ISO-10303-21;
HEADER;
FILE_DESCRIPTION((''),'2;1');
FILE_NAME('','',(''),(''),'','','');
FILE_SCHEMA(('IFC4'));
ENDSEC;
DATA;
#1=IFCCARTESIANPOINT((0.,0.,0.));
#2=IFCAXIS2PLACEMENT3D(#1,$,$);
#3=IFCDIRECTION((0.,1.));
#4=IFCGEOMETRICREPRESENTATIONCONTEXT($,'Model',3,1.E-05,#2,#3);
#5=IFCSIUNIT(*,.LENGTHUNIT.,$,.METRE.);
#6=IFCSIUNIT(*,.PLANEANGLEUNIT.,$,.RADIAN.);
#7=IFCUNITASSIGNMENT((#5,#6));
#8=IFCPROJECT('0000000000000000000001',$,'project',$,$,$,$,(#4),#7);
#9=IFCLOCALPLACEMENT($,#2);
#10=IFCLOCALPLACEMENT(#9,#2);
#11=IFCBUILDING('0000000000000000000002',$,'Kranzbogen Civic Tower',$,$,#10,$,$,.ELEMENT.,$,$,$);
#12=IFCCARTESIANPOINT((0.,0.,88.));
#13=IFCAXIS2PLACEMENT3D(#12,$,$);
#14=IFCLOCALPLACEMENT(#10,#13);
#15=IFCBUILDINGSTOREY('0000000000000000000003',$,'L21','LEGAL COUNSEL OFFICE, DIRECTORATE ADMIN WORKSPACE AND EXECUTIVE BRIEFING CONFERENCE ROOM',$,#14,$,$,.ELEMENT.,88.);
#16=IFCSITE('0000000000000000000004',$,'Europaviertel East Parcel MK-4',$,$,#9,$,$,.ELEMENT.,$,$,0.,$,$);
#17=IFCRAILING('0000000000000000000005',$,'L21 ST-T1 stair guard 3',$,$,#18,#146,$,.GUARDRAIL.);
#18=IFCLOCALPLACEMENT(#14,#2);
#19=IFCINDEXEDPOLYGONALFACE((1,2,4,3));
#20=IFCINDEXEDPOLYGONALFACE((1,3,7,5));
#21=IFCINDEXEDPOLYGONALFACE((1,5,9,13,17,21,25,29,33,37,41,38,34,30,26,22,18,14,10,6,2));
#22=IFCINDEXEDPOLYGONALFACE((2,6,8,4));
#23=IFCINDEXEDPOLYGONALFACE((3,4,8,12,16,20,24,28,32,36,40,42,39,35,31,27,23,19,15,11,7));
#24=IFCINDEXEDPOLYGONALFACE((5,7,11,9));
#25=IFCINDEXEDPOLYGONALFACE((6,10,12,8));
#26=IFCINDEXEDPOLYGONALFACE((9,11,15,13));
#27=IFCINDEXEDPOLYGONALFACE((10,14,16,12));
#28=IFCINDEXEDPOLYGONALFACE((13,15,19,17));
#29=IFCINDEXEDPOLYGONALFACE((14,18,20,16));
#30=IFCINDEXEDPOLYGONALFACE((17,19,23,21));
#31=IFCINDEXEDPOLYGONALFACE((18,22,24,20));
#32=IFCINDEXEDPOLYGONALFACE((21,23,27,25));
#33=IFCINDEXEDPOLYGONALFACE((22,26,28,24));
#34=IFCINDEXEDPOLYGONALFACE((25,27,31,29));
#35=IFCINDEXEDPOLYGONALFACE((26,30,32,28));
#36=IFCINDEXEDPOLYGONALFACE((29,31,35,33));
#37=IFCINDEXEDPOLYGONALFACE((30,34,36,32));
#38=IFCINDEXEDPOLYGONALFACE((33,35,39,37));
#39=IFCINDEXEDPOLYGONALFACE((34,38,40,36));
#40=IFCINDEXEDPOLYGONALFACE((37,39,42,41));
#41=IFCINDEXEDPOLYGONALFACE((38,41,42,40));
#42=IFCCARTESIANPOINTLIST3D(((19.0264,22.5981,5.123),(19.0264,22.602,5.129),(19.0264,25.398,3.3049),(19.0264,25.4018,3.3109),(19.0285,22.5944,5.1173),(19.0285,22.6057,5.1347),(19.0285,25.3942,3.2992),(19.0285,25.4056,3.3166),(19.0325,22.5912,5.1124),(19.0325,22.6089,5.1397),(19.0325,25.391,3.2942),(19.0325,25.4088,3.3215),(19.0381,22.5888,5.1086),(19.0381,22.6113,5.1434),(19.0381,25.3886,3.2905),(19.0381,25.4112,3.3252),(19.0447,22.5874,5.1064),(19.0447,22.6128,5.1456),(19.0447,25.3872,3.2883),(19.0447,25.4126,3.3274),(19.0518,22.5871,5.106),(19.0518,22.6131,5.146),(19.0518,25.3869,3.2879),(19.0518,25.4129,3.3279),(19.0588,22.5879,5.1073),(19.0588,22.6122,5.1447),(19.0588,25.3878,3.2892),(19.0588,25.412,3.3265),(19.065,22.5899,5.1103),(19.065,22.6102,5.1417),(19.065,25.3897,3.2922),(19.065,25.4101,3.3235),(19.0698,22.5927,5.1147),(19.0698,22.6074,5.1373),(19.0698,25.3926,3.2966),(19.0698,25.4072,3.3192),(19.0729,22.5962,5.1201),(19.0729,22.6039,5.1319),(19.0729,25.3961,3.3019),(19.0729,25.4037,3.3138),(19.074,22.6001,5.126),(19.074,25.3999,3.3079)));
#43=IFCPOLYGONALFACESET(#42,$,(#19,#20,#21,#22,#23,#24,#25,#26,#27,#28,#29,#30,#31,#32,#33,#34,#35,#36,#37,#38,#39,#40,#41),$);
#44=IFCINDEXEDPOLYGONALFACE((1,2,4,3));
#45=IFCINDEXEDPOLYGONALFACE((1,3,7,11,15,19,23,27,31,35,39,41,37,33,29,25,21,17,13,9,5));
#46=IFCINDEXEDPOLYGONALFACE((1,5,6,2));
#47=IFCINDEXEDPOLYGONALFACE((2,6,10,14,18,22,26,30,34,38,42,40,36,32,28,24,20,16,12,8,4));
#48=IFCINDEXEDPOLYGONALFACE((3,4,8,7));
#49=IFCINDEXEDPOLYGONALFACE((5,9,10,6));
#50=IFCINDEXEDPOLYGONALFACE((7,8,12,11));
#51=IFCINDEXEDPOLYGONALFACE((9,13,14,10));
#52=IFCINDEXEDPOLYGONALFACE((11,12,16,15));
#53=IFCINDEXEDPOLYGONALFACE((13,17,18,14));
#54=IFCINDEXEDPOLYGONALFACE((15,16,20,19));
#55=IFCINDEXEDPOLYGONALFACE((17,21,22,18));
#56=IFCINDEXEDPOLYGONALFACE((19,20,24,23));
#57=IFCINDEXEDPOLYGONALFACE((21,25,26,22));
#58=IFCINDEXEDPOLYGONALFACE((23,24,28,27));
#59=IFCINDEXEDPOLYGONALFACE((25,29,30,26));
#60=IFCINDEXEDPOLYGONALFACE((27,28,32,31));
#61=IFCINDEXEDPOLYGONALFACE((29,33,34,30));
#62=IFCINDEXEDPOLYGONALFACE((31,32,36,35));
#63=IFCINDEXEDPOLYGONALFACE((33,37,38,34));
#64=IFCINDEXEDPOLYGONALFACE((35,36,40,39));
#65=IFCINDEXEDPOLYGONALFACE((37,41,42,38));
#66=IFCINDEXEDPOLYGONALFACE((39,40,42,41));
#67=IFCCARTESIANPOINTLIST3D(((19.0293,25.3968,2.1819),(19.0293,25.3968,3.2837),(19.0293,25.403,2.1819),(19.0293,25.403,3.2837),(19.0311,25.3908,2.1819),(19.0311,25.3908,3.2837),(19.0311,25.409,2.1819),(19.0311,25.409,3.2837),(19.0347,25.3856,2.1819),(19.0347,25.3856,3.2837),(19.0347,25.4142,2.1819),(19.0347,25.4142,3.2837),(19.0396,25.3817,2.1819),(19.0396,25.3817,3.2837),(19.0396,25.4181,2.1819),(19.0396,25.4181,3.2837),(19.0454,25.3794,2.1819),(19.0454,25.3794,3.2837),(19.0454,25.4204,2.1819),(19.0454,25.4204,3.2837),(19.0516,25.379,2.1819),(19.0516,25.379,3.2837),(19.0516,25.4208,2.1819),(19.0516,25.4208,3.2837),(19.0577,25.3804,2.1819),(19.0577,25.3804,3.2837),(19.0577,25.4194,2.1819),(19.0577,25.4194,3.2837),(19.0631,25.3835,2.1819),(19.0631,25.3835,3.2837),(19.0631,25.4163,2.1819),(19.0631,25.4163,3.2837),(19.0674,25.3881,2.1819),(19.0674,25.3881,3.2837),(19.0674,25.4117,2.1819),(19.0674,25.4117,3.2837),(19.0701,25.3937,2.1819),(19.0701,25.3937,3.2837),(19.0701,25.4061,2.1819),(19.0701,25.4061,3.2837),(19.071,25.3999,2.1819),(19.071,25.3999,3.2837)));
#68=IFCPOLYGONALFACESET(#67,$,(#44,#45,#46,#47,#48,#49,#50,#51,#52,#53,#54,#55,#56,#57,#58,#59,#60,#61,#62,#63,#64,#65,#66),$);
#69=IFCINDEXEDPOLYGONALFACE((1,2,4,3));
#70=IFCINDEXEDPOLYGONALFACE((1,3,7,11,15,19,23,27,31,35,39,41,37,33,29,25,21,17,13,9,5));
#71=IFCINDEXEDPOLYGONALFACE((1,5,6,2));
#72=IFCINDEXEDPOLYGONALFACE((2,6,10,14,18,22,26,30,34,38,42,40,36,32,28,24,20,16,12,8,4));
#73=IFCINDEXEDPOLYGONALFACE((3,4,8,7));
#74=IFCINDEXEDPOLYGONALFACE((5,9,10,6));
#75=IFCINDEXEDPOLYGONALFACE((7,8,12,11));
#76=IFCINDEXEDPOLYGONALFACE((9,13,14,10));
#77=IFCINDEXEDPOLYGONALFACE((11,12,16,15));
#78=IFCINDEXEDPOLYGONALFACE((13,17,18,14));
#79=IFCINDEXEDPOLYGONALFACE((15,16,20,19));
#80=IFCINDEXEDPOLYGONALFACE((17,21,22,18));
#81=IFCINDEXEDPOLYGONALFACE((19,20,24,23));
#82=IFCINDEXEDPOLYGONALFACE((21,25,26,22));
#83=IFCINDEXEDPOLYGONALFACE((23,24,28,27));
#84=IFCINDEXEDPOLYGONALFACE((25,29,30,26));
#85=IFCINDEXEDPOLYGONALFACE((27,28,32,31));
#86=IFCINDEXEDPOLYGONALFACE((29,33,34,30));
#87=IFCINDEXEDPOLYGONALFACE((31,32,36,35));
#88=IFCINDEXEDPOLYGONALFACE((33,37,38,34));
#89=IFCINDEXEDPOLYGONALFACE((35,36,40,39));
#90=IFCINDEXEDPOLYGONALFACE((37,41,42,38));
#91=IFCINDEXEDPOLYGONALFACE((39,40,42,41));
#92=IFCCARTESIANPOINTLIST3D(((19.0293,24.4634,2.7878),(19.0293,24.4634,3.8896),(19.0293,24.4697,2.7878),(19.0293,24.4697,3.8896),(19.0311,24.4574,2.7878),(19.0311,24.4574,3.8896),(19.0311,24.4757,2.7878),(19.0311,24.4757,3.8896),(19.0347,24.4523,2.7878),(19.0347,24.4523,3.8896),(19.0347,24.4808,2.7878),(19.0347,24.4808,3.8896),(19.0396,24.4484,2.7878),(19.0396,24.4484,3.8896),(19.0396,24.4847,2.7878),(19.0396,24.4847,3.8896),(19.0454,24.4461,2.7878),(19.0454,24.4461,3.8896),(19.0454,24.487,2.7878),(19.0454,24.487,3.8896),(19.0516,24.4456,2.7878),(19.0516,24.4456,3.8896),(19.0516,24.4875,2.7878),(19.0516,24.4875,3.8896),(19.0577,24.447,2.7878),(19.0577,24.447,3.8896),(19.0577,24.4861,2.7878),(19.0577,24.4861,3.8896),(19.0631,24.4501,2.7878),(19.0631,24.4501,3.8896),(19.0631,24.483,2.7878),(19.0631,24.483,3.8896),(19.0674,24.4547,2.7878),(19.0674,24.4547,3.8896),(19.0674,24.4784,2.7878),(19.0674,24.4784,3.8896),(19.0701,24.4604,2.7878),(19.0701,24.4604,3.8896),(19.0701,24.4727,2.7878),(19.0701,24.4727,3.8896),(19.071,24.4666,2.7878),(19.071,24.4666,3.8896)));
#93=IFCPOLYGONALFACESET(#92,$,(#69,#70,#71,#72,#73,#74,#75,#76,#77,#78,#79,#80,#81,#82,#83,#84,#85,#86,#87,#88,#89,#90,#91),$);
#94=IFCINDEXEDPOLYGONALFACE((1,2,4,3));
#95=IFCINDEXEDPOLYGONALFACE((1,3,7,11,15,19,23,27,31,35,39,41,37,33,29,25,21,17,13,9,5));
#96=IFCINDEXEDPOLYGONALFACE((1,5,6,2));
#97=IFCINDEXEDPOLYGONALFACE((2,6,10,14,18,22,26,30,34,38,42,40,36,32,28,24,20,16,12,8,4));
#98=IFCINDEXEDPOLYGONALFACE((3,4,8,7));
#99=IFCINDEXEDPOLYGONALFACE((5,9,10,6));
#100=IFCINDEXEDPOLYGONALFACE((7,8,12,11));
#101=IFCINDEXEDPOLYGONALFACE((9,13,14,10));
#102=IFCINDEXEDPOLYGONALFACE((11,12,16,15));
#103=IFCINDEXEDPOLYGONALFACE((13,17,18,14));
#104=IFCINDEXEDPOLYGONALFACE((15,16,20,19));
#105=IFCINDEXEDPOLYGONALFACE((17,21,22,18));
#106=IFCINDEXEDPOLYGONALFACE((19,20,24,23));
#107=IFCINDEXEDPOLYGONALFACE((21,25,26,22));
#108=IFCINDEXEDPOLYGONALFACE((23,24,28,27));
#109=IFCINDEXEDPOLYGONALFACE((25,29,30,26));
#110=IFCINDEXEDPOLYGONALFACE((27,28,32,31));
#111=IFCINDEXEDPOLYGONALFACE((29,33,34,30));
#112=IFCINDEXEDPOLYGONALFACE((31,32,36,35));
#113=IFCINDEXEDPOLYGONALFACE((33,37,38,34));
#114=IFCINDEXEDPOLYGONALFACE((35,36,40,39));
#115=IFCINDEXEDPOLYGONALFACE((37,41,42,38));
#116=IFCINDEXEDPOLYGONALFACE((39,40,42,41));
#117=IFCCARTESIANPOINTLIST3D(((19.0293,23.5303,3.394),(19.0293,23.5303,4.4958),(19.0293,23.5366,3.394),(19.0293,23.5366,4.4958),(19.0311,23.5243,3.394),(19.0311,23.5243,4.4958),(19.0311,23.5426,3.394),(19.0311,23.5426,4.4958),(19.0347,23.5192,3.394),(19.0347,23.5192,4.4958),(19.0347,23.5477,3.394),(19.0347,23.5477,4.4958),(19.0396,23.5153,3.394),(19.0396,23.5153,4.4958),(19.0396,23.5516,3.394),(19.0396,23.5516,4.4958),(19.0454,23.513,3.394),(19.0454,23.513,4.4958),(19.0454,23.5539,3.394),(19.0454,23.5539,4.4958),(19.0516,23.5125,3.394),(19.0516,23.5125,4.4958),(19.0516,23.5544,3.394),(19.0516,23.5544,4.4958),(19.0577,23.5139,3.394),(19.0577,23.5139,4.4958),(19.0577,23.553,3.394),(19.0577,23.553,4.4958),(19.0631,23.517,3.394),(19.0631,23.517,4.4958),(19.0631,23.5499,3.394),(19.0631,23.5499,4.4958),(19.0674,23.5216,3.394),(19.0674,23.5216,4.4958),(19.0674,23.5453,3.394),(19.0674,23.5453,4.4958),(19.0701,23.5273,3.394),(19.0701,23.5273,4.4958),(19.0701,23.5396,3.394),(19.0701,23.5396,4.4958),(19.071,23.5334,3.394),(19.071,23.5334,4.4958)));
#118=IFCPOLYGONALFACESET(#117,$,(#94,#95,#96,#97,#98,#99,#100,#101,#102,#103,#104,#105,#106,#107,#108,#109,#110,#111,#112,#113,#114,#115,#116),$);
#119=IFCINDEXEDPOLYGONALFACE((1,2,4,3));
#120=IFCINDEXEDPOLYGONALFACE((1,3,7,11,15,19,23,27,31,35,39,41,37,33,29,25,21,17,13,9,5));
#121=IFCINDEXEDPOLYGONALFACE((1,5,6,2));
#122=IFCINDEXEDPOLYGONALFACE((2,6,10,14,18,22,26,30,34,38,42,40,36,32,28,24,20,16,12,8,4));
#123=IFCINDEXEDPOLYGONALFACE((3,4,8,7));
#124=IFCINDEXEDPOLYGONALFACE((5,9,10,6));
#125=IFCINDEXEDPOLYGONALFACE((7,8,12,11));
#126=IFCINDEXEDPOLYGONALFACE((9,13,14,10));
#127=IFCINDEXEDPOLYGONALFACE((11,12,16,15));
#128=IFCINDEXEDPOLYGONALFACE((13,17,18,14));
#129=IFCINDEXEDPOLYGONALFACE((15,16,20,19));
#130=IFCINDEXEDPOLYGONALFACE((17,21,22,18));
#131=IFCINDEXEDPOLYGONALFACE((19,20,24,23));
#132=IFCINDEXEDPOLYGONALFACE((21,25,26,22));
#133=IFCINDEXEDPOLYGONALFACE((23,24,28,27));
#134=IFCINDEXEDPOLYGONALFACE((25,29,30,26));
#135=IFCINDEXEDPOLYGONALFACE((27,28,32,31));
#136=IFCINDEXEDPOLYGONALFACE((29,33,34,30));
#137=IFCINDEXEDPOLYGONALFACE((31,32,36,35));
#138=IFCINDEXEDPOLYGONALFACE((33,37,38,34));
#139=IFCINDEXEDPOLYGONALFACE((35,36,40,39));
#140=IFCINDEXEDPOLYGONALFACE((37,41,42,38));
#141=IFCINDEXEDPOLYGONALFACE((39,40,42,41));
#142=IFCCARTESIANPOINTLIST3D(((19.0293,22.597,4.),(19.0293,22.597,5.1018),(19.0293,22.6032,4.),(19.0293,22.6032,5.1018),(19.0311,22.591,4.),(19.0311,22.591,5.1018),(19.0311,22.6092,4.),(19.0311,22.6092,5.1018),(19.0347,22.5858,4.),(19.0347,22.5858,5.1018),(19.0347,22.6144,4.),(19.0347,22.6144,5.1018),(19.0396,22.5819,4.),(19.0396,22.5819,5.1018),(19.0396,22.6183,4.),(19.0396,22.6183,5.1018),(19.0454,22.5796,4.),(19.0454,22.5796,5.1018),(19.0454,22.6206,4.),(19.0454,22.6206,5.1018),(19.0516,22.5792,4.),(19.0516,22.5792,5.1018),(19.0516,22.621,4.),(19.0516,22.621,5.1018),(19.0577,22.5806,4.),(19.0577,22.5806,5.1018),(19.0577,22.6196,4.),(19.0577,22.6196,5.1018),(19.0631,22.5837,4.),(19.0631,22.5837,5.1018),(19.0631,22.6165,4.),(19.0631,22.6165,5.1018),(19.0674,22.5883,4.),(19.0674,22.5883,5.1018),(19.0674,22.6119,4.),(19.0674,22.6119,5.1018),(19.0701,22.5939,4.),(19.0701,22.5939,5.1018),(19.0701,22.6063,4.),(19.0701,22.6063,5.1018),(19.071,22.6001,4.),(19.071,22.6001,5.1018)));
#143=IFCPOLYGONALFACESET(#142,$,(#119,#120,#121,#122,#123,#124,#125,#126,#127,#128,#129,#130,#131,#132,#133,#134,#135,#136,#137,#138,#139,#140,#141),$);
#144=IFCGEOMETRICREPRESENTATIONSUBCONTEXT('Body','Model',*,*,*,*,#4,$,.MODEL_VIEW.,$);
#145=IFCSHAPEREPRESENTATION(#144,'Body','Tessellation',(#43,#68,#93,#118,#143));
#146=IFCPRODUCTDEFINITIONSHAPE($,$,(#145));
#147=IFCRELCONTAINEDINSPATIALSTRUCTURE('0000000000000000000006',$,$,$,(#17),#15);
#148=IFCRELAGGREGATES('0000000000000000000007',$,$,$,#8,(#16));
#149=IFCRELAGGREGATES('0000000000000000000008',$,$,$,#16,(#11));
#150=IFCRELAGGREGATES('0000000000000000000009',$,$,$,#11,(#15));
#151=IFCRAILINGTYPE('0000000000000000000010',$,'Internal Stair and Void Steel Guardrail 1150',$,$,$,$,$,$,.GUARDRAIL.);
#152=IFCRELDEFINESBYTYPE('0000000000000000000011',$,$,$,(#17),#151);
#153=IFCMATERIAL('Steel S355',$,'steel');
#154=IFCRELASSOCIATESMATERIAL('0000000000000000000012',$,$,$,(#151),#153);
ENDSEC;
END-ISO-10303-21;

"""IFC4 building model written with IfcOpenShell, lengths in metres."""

from ifc_helpers import new_model, si_unit, direction, frame, origin, origin_2d, place, context, subcontext, project, spatial, circle, extrude, material, type_object, element, save


model = new_model("IFC4")

# Units and contexts
model_context = context("Model", 3, precision=1e-05, world=origin(), true_north=direction((0.0, 1.0)))
body_context = subcontext(model_context, "Body", "Model", "MODEL_VIEW")
ifc_project = project(units=[si_unit("LENGTHUNIT", "METRE"), si_unit("PLANEANGLEUNIT", "RADIAN")], contexts=[model_context])

# Site, building, storey
site_placement = place(None, origin())
site = spatial("IfcSite", under=ifc_project, at=site_placement, Name="Europaviertel East Parcel MK-4", CompositionType="ELEMENT", RefElevation=0.0)
building_placement = place(site_placement, origin())
building = spatial("IfcBuilding", under=site, at=building_placement, Name="Kranzbogen Civic Tower", CompositionType="ELEMENT")
storey_placement = place(building_placement, frame((0.0, 0.0, 88.0)))
storey = spatial("IfcBuildingStorey", under=building, at=storey_placement, Name="L21", Description="LEGAL COUNSEL OFFICE, DIRECTORATE ADMIN WORKSPACE AND EXECUTIVE BRIEFING CONFERENCE ROOM", CompositionType="ELEMENT", Elevation=88.0)

# Shared definitions
ifc_material_1 = material(Name="Steel S355", Category="steel")

# Railing
railing_type_1 = type_object("IfcRailingType", Name="Internal Stair and Void Steel Guardrail 1150", PredefinedType="GUARDRAIL", material=ifc_material_1)
railing_1_placement = place(storey_placement, frame((19.05, 25.3999, 2.1819)))
element("IfcRailing", 1, at=railing_1_placement, inside=storey, type_object=railing_type_1, Name="L21 ST-T1 stair guard 3", PredefinedType="GUARDRAIL", context=body_context, shape_type="SweptSolid", body=[
    extrude(circle(Radius=0.0239, at=origin_2d()), frame((0.0, 0.0, 1.126), z_axis=(0.0, -0.838684, 0.544618), x_axis=(1.0, 0.0, 0.0)), (0.0, 0.0, 1.0), 3.3384),
    extrude(circle(Radius=0.021, at=origin_2d()), origin(), (0.0, 0.0, 1.0), 1.1018),
    extrude(circle(Radius=0.021, at=origin_2d()), frame((0.0, -0.9333, 0.606)), (0.0, 0.0, 1.0), 1.1018),
    extrude(circle(Radius=0.021, at=origin_2d()), frame((0.0, -1.8665, 1.2122)), (0.0, 0.0, 1.0), 1.1018),
    extrude(circle(Radius=0.021, at=origin_2d()), frame((0.0, -2.7998, 1.8181)), (0.0, 0.0, 1.0), 1.1018),
])

save(model, "model.ifc")
